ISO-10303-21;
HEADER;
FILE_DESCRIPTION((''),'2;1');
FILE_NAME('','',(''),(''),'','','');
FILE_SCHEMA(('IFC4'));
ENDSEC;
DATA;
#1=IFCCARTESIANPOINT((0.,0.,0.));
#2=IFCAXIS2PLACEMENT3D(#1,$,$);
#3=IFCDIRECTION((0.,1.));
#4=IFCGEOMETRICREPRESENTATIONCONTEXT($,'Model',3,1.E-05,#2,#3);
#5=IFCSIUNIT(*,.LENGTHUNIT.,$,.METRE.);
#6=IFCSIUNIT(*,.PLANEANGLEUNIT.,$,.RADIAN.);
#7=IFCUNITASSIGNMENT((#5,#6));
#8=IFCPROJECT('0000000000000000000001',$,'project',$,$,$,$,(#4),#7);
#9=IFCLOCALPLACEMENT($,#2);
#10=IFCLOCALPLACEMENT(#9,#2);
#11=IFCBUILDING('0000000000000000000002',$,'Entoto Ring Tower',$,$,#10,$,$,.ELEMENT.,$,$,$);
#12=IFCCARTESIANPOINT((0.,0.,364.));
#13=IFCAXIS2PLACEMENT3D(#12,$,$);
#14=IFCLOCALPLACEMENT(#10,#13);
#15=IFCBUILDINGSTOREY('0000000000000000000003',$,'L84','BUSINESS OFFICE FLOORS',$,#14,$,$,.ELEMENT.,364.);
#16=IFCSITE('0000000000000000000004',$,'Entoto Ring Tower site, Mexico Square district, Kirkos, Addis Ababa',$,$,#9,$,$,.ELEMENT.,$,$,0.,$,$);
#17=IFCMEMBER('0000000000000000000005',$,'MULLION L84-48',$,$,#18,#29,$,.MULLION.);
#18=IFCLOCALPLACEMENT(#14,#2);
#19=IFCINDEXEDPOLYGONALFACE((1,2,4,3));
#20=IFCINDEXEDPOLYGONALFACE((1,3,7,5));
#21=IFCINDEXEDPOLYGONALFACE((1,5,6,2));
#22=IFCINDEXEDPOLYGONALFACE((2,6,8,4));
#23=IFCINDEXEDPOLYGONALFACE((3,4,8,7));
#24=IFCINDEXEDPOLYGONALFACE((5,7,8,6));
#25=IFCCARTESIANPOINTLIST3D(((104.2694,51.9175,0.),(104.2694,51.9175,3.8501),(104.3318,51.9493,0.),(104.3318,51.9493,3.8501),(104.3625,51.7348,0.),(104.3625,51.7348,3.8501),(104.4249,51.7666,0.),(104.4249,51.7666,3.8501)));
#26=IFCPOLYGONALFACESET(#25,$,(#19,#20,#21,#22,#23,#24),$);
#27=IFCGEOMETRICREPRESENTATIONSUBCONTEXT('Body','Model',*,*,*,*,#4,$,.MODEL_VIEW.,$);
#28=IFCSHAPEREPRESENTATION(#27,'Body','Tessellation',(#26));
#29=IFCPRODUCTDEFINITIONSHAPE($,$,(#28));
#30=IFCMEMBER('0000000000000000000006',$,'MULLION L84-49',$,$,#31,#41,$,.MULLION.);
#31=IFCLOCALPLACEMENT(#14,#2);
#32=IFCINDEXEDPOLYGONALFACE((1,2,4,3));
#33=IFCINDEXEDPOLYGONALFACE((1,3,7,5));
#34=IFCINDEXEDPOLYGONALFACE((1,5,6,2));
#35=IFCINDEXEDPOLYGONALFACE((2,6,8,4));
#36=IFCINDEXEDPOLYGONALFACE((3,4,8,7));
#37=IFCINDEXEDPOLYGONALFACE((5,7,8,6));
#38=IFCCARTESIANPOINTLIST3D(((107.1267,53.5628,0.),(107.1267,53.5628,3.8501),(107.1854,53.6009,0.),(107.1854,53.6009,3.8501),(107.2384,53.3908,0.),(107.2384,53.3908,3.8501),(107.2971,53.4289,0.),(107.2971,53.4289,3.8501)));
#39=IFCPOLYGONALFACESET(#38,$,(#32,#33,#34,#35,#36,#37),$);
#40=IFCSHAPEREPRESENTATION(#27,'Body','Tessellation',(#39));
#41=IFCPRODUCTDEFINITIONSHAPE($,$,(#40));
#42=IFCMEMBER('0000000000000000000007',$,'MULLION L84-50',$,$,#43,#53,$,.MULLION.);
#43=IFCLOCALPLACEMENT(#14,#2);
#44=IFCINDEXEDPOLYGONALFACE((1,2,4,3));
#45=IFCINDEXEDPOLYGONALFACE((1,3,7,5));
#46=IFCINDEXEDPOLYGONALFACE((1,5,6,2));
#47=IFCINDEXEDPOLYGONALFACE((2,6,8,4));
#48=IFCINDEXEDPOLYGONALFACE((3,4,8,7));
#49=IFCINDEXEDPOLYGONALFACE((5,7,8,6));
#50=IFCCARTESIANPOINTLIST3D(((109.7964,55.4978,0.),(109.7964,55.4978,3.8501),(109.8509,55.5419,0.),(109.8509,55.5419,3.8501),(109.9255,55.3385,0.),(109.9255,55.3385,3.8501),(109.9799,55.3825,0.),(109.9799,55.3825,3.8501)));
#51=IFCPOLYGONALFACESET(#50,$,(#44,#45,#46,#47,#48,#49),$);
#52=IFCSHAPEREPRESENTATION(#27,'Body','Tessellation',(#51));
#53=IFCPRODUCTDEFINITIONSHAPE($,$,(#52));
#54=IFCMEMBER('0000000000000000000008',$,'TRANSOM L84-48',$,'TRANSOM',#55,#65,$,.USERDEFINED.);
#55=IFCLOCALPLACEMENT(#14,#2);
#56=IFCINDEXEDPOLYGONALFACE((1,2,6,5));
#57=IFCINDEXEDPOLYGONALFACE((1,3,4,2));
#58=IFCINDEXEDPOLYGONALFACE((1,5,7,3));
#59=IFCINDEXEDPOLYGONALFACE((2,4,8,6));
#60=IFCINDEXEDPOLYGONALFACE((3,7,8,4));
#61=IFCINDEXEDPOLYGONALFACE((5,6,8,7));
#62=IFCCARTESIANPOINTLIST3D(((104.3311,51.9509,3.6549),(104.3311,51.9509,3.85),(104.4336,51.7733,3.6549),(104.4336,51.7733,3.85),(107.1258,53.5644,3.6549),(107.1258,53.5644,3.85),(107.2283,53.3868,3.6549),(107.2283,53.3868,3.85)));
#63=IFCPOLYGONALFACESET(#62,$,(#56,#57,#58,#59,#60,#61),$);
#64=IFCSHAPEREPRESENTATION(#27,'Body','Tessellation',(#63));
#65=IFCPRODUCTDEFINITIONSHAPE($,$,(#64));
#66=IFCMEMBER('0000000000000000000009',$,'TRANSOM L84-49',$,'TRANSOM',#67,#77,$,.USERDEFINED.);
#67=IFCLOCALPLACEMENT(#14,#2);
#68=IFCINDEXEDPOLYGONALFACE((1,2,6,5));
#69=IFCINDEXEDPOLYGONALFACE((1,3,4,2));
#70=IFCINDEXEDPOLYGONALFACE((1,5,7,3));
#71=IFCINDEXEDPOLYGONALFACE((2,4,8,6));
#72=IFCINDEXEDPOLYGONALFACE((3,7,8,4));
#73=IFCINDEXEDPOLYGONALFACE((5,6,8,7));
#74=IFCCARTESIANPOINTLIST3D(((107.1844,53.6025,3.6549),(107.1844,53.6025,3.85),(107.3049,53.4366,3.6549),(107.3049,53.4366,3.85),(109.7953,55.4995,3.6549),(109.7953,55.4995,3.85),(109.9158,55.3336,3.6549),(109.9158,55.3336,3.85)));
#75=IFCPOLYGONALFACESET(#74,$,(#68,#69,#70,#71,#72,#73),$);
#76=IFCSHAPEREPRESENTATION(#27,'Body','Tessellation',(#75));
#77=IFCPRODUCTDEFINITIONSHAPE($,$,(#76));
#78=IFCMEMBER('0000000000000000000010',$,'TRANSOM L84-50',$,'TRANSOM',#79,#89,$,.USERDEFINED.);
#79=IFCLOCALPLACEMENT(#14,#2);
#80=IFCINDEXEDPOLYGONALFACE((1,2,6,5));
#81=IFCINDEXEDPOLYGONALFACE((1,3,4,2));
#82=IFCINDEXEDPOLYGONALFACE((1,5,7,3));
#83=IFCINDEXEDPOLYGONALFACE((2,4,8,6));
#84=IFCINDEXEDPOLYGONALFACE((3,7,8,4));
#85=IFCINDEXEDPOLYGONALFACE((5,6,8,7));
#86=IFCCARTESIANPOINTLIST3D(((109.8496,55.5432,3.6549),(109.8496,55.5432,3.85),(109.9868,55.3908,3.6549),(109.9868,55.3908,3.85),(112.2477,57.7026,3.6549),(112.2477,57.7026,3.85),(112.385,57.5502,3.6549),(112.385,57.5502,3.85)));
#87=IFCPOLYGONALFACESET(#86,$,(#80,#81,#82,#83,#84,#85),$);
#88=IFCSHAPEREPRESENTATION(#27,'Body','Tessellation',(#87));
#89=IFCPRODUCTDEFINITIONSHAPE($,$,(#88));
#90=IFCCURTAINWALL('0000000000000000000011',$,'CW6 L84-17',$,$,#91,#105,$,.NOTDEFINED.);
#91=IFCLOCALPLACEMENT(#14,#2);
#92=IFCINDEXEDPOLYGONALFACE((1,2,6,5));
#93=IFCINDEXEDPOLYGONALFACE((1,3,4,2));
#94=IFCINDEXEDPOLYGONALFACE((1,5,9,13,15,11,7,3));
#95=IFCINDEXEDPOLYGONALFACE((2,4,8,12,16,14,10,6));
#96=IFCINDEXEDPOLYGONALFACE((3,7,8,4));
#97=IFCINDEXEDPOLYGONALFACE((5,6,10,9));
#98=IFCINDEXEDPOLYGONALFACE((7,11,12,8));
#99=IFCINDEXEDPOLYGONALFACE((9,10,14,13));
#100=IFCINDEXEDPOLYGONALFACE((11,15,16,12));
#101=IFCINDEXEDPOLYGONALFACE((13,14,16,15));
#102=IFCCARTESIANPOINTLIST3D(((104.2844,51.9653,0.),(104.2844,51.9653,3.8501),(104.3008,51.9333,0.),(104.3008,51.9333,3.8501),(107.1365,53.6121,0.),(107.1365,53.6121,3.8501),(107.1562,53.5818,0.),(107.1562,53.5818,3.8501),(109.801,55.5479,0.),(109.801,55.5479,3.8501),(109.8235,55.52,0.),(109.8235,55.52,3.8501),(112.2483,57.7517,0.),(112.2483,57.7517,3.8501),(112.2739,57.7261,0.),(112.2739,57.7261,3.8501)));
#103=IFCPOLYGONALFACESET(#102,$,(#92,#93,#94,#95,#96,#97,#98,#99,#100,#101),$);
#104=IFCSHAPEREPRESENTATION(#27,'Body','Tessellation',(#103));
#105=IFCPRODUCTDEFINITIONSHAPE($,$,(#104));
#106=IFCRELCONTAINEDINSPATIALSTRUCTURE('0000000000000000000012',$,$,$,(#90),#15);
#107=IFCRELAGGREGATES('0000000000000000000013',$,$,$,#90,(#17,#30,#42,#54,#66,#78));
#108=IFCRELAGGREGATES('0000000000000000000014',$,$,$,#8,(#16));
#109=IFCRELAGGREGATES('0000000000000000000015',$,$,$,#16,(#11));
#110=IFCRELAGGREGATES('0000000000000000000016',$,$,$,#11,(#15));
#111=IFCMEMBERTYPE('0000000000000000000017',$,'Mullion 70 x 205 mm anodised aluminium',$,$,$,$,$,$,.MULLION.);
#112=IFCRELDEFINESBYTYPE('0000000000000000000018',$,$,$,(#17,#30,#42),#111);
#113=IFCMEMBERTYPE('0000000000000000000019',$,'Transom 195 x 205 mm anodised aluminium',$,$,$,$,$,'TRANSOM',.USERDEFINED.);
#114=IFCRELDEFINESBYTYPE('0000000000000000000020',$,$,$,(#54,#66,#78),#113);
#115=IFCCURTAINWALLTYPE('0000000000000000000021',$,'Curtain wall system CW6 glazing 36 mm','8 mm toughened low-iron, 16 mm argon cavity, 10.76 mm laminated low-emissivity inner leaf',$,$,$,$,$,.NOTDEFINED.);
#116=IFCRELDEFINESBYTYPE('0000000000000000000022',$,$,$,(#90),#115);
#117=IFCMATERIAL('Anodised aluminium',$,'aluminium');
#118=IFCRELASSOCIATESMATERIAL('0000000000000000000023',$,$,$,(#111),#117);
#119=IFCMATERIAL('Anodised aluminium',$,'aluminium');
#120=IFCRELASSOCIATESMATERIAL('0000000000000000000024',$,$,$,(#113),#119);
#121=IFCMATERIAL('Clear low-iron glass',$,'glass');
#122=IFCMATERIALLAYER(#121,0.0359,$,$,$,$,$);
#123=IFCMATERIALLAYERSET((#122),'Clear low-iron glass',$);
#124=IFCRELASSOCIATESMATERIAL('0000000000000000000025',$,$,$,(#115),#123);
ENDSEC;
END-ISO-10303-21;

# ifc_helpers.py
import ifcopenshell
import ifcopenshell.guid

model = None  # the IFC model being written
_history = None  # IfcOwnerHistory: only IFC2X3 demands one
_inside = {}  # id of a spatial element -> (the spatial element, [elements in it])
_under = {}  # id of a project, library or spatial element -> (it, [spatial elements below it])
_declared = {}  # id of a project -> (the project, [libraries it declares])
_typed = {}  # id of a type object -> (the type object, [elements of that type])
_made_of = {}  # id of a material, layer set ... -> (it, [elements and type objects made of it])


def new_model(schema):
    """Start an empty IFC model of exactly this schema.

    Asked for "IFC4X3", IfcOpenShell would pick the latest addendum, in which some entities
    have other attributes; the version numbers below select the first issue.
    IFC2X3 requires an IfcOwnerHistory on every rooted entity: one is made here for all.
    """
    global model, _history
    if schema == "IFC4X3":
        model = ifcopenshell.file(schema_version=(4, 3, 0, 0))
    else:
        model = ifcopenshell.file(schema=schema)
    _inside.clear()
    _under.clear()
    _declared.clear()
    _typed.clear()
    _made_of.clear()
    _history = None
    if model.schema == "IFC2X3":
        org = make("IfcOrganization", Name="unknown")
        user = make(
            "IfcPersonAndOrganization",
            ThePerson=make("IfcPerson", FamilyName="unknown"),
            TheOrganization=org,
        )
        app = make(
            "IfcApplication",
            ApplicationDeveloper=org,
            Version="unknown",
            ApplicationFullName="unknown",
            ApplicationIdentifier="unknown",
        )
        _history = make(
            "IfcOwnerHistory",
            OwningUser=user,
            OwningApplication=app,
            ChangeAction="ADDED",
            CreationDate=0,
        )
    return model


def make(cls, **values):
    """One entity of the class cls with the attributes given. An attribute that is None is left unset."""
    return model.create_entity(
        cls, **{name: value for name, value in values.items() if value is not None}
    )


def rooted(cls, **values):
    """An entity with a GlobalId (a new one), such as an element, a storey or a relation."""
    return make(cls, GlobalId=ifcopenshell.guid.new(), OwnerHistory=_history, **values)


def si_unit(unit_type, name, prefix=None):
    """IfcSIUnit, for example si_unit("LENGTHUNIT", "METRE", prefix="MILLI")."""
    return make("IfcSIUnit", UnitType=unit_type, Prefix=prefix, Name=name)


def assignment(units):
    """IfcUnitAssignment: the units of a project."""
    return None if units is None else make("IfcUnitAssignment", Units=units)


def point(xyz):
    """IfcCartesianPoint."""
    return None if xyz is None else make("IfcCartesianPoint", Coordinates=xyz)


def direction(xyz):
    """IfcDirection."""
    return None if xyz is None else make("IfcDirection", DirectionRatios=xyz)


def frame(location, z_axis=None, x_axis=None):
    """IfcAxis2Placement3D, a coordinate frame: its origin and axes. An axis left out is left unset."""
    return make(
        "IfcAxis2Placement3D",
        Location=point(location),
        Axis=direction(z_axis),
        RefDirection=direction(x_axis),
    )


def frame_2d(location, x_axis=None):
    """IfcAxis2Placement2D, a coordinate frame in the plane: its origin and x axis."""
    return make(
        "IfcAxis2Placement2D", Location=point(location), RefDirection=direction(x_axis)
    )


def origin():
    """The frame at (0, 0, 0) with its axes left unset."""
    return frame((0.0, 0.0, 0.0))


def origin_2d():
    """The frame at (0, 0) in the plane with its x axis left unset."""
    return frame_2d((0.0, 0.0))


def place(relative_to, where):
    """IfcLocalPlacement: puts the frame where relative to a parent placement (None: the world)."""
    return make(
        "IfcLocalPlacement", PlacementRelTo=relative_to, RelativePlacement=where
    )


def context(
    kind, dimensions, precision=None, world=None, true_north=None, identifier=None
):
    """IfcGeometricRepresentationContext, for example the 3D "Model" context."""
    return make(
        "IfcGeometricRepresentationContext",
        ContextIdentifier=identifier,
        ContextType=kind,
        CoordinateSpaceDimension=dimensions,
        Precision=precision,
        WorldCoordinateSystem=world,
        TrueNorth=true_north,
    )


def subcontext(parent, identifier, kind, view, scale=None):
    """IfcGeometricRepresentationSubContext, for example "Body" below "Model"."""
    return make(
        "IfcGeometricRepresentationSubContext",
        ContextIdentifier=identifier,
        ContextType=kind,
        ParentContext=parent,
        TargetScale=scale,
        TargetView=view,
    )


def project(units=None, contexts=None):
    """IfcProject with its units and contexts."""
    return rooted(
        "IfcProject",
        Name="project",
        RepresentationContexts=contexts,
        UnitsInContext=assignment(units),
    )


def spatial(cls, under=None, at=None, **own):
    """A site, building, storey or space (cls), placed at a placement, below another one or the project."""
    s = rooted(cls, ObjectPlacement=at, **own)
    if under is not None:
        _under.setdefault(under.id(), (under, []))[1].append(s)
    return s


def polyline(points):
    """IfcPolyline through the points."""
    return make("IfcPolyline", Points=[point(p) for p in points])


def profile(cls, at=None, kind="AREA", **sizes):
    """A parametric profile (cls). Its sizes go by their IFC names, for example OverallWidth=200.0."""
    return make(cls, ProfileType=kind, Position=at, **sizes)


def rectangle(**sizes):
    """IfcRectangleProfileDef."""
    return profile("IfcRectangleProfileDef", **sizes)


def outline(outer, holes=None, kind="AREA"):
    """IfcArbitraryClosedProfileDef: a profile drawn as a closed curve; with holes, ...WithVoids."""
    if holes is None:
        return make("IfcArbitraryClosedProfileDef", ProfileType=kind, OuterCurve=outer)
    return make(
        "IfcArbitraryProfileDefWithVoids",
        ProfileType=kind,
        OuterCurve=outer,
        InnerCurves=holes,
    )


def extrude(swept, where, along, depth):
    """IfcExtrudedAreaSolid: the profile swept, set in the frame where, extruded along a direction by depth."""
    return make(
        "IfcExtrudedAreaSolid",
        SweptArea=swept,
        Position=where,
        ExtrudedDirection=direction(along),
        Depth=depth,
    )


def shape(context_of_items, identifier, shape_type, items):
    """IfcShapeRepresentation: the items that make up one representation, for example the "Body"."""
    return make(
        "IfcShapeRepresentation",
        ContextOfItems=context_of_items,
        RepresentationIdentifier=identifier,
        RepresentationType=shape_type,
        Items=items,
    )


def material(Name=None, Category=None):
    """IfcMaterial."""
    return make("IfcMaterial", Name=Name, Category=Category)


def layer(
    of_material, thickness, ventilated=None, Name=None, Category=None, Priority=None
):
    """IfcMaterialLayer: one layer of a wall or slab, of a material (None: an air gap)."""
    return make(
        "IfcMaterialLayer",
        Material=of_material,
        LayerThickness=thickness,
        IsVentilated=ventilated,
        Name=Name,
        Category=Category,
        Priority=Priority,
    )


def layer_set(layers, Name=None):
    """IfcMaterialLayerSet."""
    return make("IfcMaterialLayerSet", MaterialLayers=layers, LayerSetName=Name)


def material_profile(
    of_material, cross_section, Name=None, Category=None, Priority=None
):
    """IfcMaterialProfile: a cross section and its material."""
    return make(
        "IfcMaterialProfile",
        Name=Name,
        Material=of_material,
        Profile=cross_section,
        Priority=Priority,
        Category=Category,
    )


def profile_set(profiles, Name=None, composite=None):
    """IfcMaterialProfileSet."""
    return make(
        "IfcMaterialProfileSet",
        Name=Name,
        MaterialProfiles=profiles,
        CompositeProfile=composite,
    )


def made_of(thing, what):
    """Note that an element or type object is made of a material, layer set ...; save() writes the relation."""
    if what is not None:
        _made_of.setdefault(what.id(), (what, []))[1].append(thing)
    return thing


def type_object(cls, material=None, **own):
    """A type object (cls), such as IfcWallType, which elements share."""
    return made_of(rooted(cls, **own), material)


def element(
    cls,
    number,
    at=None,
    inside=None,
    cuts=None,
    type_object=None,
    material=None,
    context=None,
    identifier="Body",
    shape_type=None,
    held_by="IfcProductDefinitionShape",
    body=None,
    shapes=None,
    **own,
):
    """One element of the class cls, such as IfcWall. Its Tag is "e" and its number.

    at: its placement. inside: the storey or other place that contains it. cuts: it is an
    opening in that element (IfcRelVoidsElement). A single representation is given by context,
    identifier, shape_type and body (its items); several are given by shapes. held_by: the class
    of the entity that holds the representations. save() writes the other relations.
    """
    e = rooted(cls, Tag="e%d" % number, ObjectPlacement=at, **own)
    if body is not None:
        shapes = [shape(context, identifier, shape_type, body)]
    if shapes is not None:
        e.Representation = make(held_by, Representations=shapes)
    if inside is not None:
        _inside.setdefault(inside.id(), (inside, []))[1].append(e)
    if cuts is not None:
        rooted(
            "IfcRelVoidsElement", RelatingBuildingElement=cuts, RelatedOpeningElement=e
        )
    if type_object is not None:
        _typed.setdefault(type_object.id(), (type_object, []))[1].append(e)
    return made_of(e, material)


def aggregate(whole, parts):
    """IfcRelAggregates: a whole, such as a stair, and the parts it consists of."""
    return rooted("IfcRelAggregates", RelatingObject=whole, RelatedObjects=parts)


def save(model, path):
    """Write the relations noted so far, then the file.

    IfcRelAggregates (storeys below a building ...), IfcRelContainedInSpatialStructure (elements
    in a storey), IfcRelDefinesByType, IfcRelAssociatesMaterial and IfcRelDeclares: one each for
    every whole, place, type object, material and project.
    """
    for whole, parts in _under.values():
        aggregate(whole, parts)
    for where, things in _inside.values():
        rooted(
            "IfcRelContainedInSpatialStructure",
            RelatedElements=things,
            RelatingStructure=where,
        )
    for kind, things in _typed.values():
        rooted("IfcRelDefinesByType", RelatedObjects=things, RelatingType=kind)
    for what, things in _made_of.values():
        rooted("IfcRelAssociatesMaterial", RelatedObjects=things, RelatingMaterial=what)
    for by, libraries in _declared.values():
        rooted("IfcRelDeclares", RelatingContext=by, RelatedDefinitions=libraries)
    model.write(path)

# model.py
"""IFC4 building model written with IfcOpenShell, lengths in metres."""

from ifc_helpers import new_model, si_unit, direction, frame, origin, origin_2d, place, context, subcontext, project, spatial, polyline, rectangle, outline, extrude, material, layer, layer_set, material_profile, profile_set, type_object, element, aggregate, save


model = new_model("IFC4")

# Units and contexts
model_context = context("Model", 3, precision=1e-05, world=origin(), true_north=direction((0.0, 1.0)))
body_context = subcontext(model_context, "Body", "Model", "MODEL_VIEW")
ifc_project = project(units=[si_unit("LENGTHUNIT", "METRE"), si_unit("PLANEANGLEUNIT", "RADIAN")], contexts=[model_context])

# Members
ifc_material_1 = material(Name="Anodised aluminium", Category="aluminium")
ifc_material_profile_1 = material_profile(ifc_material_1, rectangle(XDim=0.0701, YDim=0.2051, at=origin_2d()), Name="Mullion 70 x 205 mm anodised aluminium")
ifc_profile_set_1 = profile_set([ifc_material_profile_1], Name="Anodised aluminium")
member_type_1 = type_object("IfcMemberType", Name="Mullion 70 x 205 mm anodised aluminium", PredefinedType="MULLION", material=ifc_profile_set_1)
site_placement = place(None, origin())
building_placement = place(site_placement, origin())
storey_placement = place(building_placement, frame((0.0, 0.0, 364.0)))
member_1_placement = place(storey_placement, frame((104.3472, 51.842, 0.0), z_axis=(0.0, 0.0, 1.0), x_axis=(0.891007, 0.45399, 0.0)))
member_1 = element("IfcMember", 1, at=member_1_placement, type_object=member_type_1, Name="MULLION L84-48", PredefinedType="MULLION", context=body_context, shape_type="SweptSolid", body=[
    extrude(rectangle(XDim=0.0701, YDim=0.2051, at=origin_2d()), origin(), (0.0, 0.0, 1.0), 3.8501),
])
member_2_placement = place(storey_placement, frame((107.2119, 53.4958, 0.0), z_axis=(0.0, 0.0, 1.0), x_axis=(0.838671, 0.544639, 0.0)))
member_2 = element("IfcMember", 2, at=member_2_placement, type_object=member_type_1, Name="MULLION L84-49", PredefinedType="MULLION", context=body_context, shape_type="SweptSolid", body=[
    extrude(rectangle(XDim=0.0701, YDim=0.2051, at=origin_2d()), origin(), (0.0, 0.0, 1.0), 3.8501),
])
member_3_placement = place(storey_placement, frame((109.8882, 55.4402, 0.0), z_axis=(0.0, 0.0, 1.0), x_axis=(0.777146, 0.62932, 0.0)))
member_3 = element("IfcMember", 3, at=member_3_placement, type_object=member_type_1, Name="MULLION L84-50", PredefinedType="MULLION", context=body_context, shape_type="SweptSolid", body=[
    extrude(rectangle(XDim=0.0701, YDim=0.2051, at=origin_2d()), origin(), (0.0, 0.0, 1.0), 3.8501),
])
ifc_material_2 = material(Name="Anodised aluminium", Category="aluminium")
ifc_material_profile_2 = material_profile(ifc_material_2, rectangle(XDim=0.2051, YDim=0.1951, at=origin_2d()), Name="Transom 195 x 205 mm anodised aluminium")
ifc_profile_set_2 = profile_set([ifc_material_profile_2], Name="Anodised aluminium")
member_type_2 = type_object("IfcMemberType", Name="Transom 195 x 205 mm anodised aluminium", ElementType="TRANSOM", PredefinedType="USERDEFINED", material=ifc_profile_set_2)
member_4_placement = place(storey_placement, frame((104.3823, 51.8621, 3.7524), z_axis=(0.866023, 0.500004, 0.0), x_axis=(-0.500004, 0.866023, 0.0)))
member_4 = element("IfcMember", 4, at=member_4_placement, type_object=member_type_2, Name="TRANSOM L84-48", ObjectType="TRANSOM", PredefinedType="USERDEFINED", context=body_context, shape_type="SweptSolid", body=[
    extrude(rectangle(XDim=0.2051, YDim=0.1951, at=origin_2d()), origin(), (0.0, 0.0, 1.0), 3.2271),
])
member_5_placement = place(storey_placement, frame((107.2446, 53.5195, 3.7524), z_axis=(0.809004, 0.587803, 0.0), x_axis=(-0.587803, 0.809004, 0.0)))
member_5 = element("IfcMember", 5, at=member_5_placement, type_object=member_type_2, Name="TRANSOM L84-49", ObjectType="TRANSOM", PredefinedType="USERDEFINED", context=body_context, shape_type="SweptSolid", body=[
    extrude(rectangle(XDim=0.2051, YDim=0.1951, at=origin_2d()), origin(), (0.0, 0.0, 1.0), 3.2273),
])
member_6_placement = place(storey_placement, frame((109.9182, 55.467, 3.7524), z_axis=(0.743132, 0.669144, 0.0), x_axis=(-0.669144, 0.743132, 0.0)))
member_6 = element("IfcMember", 6, at=member_6_placement, type_object=member_type_2, Name="TRANSOM L84-50", ObjectType="TRANSOM", PredefinedType="USERDEFINED", context=body_context, shape_type="SweptSolid", body=[
    extrude(rectangle(XDim=0.2051, YDim=0.1951, at=origin_2d()), origin(), (0.0, 0.0, 1.0), 3.2271),
])

# Site, building, storey
site = spatial("IfcSite", under=ifc_project, at=site_placement, Name="Entoto Ring Tower site, Mexico Square district, Kirkos, Addis Ababa", CompositionType="ELEMENT", RefElevation=0.0)
building = spatial("IfcBuilding", under=site, at=building_placement, Name="Entoto Ring Tower", CompositionType="ELEMENT")
storey = spatial("IfcBuildingStorey", under=building, at=storey_placement, Name="L84", Description="BUSINESS OFFICE FLOORS", CompositionType="ELEMENT", Elevation=364.0)

# Curtain wall
ifc_material_3 = material(Name="Clear low-iron glass", Category="glass")
ifc_layer_1 = layer(ifc_material_3, 0.0359)
ifc_layer_set_1 = layer_set([ifc_layer_1], Name="Clear low-iron glass")
curtain_wall_type = type_object("IfcCurtainWallType", Name="Curtain wall system CW6 glazing 36 mm", Description="8 mm toughened low-iron, 16 mm argon cavity, 10.76 mm laminated low-emissivity inner leaf", PredefinedType="NOTDEFINED", material=ifc_layer_set_1)
curtain_wall_1_placement = place(storey_placement, origin())
curtain_wall_1 = element("IfcCurtainWall", 7, at=curtain_wall_1_placement, inside=storey, type_object=curtain_wall_type, Name="CW6 L84-17", PredefinedType="NOTDEFINED", context=body_context, shape_type="SweptSolid", body=[
    extrude(outline(polyline([(104.3008, 51.9333), (107.1562, 53.5818), (109.8235, 55.52), (112.2739, 57.7261), (112.2483, 57.7517), (109.801, 55.5479), (107.1365, 53.6121), (104.2844, 51.9653), (104.3008, 51.9333)])), origin(), (0.0, 0.0, 1.0), 3.8501),
])
aggregate(curtain_wall_1, [member_1, member_2, member_3, member_4, member_5, member_6])

save(model, "model.ifc")
